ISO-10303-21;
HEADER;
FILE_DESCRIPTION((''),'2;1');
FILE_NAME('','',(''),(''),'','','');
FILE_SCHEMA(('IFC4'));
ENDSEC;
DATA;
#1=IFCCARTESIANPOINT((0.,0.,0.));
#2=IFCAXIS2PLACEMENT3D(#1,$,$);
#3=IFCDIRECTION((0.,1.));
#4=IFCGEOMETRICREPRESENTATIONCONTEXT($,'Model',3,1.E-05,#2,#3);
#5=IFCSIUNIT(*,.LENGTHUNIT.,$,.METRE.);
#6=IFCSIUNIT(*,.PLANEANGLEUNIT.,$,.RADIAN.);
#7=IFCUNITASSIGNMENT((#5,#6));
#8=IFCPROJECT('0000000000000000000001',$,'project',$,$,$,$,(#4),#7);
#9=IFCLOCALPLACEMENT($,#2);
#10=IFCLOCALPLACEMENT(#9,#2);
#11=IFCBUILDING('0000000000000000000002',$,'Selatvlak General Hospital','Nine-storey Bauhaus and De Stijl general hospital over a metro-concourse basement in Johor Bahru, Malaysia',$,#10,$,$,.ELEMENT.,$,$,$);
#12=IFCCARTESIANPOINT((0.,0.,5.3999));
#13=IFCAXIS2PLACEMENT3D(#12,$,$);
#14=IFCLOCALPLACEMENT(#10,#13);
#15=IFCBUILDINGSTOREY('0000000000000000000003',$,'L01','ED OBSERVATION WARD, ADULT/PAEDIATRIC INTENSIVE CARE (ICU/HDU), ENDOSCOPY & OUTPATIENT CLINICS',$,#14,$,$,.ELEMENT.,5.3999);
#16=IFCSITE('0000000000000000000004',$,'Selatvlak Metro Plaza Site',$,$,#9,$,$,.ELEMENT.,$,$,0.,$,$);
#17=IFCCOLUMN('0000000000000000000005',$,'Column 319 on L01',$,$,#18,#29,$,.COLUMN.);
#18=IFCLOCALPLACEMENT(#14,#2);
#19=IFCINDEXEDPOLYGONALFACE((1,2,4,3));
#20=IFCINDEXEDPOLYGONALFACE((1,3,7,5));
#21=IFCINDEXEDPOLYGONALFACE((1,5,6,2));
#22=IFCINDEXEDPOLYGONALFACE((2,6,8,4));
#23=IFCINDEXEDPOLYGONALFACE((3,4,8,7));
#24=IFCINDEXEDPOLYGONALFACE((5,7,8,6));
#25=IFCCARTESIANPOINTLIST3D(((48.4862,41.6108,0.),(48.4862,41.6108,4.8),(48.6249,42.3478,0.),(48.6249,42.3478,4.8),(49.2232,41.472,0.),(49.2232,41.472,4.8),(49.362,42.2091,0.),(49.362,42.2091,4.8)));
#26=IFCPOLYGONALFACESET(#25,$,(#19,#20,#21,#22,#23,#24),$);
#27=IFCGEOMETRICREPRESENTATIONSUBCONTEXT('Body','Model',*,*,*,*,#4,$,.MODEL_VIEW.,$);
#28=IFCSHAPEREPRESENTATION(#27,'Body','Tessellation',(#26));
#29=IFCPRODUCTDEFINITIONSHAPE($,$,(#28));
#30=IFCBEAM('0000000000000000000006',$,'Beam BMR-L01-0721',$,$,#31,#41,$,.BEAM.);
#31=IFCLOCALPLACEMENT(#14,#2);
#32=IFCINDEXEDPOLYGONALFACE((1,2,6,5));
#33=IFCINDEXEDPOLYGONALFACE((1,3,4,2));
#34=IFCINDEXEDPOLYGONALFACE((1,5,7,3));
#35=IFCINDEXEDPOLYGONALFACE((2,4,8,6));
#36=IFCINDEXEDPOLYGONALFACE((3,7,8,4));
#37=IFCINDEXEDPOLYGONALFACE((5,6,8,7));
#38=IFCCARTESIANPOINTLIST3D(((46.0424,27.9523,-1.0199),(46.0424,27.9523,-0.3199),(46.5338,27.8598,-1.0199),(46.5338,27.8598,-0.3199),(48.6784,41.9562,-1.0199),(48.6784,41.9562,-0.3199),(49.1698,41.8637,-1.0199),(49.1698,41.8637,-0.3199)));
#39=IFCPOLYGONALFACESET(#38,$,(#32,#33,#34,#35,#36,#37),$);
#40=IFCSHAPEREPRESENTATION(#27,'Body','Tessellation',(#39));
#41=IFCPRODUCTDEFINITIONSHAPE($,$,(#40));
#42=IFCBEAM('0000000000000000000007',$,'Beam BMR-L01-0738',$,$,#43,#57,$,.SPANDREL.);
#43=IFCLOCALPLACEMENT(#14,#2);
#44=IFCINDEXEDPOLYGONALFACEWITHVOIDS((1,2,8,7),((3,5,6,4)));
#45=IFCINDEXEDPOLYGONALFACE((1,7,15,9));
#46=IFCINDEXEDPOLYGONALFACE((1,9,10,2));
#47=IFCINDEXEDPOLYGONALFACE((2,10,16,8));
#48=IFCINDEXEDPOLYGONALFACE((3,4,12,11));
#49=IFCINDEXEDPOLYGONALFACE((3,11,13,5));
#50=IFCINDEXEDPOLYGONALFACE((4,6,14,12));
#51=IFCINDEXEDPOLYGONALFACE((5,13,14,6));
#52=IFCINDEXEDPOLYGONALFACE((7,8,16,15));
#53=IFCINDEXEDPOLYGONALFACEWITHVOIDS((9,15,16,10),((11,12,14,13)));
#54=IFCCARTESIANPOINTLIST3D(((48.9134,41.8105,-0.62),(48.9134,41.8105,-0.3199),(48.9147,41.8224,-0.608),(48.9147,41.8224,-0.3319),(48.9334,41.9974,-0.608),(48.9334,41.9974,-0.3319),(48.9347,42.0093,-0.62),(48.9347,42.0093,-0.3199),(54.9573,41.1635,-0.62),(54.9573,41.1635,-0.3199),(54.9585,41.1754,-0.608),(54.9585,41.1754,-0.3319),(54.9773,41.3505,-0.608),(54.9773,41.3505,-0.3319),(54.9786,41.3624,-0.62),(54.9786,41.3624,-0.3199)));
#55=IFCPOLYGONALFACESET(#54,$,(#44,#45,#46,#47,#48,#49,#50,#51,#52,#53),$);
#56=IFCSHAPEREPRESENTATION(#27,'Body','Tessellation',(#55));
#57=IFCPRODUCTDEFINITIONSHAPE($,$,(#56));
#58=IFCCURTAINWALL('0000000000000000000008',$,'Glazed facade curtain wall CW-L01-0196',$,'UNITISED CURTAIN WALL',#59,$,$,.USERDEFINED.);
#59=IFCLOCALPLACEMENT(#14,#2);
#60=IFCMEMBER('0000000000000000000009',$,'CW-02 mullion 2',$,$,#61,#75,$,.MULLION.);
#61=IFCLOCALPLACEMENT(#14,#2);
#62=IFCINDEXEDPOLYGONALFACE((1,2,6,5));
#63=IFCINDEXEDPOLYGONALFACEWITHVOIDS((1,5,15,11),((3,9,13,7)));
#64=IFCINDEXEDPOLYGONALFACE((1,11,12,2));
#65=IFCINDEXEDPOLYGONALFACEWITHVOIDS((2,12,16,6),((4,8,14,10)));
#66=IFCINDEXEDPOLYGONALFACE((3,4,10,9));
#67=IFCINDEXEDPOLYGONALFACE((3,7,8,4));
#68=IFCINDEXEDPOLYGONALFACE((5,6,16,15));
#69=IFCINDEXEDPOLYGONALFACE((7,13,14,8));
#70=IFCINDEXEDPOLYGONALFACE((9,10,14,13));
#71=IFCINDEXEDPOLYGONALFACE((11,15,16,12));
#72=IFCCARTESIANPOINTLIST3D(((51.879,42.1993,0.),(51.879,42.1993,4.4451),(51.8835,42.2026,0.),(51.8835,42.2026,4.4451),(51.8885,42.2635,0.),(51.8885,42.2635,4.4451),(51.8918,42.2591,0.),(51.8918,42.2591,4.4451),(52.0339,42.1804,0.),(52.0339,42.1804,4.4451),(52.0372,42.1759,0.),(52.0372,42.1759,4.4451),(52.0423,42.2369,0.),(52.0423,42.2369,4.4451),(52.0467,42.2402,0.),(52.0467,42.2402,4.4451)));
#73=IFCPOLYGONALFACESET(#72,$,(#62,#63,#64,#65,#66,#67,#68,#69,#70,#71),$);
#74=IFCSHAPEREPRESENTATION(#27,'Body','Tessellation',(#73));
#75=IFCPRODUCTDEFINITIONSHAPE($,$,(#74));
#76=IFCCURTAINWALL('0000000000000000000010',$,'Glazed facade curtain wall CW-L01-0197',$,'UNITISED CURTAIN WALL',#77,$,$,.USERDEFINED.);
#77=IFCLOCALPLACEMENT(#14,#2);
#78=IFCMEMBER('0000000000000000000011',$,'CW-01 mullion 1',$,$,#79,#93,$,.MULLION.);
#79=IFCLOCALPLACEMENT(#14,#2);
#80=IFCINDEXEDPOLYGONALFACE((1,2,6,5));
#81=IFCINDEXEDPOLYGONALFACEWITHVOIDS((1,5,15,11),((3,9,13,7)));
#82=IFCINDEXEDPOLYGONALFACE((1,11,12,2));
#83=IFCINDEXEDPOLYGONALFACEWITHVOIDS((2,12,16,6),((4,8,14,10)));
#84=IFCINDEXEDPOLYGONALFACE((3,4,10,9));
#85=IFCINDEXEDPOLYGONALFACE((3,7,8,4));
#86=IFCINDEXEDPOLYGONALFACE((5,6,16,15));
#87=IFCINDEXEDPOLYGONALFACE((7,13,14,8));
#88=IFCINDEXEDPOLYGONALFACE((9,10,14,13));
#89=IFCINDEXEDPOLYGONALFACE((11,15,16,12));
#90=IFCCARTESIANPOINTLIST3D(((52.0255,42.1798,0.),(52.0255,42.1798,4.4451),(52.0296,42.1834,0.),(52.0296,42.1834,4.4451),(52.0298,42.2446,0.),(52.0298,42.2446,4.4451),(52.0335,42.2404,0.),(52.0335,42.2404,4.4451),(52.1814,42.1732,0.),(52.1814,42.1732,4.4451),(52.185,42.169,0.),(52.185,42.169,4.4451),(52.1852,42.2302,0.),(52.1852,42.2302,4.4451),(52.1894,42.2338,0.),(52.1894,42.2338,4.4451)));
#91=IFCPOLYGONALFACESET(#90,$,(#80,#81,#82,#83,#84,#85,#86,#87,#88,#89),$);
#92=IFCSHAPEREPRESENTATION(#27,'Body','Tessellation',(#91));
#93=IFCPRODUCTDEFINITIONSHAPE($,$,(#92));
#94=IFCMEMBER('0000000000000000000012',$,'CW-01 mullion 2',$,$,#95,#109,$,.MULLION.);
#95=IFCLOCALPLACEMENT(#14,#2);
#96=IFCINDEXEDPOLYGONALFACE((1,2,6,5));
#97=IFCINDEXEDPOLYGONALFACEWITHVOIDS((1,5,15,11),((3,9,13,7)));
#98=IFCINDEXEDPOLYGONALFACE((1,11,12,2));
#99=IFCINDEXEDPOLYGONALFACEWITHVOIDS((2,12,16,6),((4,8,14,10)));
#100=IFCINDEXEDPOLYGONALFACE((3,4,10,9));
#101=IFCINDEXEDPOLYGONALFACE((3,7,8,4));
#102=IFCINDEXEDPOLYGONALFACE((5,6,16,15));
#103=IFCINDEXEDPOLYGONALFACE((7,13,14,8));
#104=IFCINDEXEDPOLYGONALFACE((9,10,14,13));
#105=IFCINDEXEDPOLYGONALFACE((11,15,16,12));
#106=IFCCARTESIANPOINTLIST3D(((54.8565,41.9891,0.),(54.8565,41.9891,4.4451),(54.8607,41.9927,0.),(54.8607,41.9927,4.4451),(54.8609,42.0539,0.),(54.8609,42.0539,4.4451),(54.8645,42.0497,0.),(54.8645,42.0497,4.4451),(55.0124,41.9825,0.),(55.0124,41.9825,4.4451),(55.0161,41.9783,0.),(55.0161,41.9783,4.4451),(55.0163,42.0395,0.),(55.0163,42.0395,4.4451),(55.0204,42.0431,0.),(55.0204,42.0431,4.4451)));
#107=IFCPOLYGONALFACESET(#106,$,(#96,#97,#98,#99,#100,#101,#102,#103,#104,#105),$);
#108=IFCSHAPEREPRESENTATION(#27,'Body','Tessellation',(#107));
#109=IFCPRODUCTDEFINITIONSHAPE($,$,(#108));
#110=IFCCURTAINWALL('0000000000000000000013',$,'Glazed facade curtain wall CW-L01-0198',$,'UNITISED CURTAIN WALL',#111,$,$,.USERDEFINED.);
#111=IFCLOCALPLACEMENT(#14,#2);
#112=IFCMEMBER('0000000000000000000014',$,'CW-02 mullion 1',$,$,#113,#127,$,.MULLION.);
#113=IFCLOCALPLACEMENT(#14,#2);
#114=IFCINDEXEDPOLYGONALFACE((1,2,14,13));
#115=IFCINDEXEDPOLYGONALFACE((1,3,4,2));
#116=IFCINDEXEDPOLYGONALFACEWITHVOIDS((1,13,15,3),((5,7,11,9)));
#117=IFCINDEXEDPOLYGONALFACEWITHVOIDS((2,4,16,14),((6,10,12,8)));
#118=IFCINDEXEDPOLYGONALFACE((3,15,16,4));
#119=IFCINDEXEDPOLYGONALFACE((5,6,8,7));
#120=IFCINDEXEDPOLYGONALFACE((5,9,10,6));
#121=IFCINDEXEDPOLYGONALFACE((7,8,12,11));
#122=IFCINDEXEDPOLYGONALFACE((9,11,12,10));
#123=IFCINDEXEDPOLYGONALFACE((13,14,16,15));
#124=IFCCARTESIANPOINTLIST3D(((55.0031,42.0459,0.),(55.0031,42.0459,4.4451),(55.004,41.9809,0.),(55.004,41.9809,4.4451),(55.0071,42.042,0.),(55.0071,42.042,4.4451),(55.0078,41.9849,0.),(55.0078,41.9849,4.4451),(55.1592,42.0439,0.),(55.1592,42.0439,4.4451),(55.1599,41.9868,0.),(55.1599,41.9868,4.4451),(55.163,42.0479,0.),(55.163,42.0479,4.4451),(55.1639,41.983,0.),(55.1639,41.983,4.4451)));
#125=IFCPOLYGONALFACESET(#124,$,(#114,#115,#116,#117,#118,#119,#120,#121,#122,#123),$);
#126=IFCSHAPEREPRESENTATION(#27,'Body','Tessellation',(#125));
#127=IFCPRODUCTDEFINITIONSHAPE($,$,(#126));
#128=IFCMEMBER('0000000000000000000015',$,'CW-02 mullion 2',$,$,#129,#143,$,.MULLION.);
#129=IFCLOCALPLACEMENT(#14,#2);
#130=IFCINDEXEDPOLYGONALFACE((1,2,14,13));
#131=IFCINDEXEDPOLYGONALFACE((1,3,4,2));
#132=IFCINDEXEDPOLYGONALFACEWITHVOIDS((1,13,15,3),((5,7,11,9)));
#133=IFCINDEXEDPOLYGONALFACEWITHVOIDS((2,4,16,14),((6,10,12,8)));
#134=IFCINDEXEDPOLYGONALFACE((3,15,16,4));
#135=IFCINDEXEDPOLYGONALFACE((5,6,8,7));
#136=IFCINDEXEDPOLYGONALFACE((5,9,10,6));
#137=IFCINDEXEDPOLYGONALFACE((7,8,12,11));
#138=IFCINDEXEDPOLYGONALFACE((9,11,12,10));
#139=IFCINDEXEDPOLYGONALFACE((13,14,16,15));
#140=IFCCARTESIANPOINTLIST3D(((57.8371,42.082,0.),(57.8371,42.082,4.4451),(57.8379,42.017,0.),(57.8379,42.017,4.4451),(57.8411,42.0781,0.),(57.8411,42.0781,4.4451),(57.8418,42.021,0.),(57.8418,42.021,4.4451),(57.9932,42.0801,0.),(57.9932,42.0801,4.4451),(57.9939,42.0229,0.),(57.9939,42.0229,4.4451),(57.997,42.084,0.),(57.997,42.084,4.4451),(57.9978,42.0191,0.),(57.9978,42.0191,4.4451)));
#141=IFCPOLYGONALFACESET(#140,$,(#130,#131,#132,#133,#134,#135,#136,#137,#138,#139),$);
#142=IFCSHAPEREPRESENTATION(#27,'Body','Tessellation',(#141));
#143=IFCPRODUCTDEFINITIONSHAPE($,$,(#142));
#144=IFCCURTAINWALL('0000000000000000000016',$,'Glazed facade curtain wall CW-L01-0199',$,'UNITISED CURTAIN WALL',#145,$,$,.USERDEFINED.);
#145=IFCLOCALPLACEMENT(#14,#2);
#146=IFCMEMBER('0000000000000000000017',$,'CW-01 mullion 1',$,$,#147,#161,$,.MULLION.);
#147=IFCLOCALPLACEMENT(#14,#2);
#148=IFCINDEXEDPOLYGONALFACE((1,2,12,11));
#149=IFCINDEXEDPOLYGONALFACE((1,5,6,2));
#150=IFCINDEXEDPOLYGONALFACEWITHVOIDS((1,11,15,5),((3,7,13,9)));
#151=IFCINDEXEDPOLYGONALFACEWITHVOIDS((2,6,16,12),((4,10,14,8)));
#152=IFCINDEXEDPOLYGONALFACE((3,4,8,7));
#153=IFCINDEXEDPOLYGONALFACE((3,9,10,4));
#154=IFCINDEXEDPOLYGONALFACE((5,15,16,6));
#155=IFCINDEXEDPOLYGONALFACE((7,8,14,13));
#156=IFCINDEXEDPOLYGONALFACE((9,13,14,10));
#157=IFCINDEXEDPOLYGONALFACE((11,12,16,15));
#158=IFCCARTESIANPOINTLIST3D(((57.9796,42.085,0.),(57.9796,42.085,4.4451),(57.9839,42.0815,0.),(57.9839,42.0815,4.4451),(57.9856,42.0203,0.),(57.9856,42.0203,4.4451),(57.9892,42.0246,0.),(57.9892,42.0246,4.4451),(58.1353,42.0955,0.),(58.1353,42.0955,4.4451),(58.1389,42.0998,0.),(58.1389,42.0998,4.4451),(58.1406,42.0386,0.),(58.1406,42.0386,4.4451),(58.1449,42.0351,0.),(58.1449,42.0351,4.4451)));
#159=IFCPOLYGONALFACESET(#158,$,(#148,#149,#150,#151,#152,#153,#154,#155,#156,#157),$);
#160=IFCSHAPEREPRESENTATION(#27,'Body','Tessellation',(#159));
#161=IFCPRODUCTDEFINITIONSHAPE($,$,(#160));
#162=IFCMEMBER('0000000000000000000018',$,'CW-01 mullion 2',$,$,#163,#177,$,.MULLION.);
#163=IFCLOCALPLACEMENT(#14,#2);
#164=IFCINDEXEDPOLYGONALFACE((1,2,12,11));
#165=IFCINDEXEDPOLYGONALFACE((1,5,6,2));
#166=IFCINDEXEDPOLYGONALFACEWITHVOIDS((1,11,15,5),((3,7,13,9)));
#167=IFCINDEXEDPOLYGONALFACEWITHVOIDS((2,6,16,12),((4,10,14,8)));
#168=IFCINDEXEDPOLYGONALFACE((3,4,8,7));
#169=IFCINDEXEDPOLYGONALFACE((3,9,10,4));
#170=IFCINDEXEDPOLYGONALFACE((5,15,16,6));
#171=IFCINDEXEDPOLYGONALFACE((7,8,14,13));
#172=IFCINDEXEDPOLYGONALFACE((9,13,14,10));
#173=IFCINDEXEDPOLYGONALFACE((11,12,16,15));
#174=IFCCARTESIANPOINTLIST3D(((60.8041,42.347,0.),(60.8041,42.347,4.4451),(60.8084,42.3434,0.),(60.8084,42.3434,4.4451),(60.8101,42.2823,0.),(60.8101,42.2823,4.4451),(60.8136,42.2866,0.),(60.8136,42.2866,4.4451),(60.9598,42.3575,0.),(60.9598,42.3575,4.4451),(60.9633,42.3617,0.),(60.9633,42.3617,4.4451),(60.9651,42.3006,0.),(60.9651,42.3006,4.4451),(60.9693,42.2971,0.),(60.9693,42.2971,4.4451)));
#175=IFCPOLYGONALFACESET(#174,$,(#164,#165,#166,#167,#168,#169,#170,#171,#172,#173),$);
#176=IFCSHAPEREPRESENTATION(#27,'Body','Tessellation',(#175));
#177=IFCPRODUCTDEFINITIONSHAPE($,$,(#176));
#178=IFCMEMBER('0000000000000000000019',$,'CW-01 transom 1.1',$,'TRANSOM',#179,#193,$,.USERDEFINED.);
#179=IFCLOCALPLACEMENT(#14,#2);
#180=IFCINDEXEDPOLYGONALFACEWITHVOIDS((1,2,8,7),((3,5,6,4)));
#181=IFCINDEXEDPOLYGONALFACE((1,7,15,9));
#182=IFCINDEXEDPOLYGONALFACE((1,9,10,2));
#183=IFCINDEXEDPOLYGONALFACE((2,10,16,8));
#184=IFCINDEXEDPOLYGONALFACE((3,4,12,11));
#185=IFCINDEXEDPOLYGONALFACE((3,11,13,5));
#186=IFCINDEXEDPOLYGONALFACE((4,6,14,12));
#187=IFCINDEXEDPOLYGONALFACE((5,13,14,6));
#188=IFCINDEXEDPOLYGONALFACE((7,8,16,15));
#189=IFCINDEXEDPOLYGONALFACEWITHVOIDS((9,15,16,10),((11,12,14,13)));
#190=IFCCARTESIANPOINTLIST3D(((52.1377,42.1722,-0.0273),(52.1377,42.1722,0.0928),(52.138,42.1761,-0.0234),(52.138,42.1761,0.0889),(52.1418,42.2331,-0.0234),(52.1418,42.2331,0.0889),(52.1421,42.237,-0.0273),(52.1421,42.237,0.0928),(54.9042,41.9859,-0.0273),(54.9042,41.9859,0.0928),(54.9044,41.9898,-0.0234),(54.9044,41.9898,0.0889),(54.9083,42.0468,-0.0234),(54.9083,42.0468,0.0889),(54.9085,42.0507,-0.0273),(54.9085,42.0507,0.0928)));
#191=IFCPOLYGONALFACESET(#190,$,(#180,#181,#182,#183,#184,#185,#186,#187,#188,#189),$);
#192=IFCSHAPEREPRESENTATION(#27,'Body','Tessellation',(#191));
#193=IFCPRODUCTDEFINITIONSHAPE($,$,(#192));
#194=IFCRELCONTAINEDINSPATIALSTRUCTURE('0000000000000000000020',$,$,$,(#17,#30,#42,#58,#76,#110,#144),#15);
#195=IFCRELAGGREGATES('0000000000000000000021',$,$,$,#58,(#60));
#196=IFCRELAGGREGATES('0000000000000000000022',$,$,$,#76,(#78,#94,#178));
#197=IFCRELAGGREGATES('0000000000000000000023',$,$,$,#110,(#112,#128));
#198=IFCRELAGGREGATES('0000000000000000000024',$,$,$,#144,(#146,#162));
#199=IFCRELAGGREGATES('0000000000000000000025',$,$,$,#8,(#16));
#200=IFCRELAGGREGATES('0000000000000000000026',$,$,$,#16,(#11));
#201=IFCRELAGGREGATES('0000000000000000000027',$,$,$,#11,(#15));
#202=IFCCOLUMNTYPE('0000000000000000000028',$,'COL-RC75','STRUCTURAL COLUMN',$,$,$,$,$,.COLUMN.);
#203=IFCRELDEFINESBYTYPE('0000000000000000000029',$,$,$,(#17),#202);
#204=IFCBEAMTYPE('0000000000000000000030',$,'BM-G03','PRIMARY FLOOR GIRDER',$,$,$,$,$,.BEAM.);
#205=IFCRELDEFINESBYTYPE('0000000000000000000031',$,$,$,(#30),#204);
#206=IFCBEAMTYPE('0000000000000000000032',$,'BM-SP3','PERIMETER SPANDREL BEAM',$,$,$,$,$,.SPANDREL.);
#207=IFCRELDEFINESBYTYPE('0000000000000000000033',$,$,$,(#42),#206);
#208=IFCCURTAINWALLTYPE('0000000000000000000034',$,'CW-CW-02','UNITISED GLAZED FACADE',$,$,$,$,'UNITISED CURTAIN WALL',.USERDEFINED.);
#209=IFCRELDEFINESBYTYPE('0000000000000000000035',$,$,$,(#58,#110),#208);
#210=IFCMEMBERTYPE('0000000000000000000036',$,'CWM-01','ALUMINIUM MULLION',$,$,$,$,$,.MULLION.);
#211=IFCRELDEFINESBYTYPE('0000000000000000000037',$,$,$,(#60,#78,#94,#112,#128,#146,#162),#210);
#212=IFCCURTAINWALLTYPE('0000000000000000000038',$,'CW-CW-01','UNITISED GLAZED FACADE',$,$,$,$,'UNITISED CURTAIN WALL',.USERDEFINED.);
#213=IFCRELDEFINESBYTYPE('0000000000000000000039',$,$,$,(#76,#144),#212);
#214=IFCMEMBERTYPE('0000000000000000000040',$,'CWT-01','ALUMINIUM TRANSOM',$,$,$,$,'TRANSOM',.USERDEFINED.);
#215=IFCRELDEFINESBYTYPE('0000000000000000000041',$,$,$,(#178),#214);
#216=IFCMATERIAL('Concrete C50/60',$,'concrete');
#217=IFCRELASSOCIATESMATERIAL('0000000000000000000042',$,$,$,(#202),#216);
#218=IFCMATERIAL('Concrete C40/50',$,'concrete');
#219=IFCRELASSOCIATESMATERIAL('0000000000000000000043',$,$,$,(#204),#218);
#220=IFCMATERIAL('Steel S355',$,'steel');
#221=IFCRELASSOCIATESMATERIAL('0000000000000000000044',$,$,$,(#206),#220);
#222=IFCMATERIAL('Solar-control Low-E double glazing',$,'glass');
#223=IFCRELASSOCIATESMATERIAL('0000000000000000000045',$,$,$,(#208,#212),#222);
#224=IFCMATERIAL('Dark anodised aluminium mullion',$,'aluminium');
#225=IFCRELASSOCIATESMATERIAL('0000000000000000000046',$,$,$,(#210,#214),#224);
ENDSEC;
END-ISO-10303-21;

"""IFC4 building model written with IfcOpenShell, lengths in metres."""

from ifc_helpers import new_model, si_unit, direction, frame, origin, origin_2d, place, context, subcontext, project, spatial, rectangle, hollow_rectangle, extrude, material, material_profile, profile_set, type_object, element, aggregate, save


model = new_model("IFC4")

# Units and contexts
model_context = context("Model", 3, precision=1e-05, world=origin(), true_north=direction((0.0, 1.0)))
body_context = subcontext(model_context, "Body", "Model", "MODEL_VIEW")
ifc_project = project(units=[si_unit("LENGTHUNIT", "METRE"), si_unit("PLANEANGLEUNIT", "RADIAN")], contexts=[model_context])

# Site, building, storey
site_placement = place(None, origin())
site = spatial("IfcSite", under=ifc_project, at=site_placement, Name="Selatvlak Metro Plaza Site", CompositionType="ELEMENT", RefElevation=0.0)
building_placement = place(site_placement, origin())
building = spatial("IfcBuilding", under=site, at=building_placement, Name="Selatvlak General Hospital", Description="Nine-storey Bauhaus and De Stijl general hospital over a metro-concourse basement in Johor Bahru, Malaysia", CompositionType="ELEMENT")
storey_placement = place(building_placement, frame((0.0, 0.0, 5.3999)))
storey = spatial("IfcBuildingStorey", under=building, at=storey_placement, Name="L01", Description="ED OBSERVATION WARD, ADULT/PAEDIATRIC INTENSIVE CARE (ICU/HDU), ENDOSCOPY & OUTPATIENT CLINICS", CompositionType="ELEMENT", Elevation=5.3999)

# Column
ifc_material_1 = material(Name="Concrete C50/60", Category="concrete")
ifc_material_profile_1 = material_profile(ifc_material_1, rectangle(XDim=0.75, YDim=0.75, at=origin_2d()), Name="RC-COL 750x750")
ifc_profile_set_1 = profile_set([ifc_material_profile_1], Name="Concrete C50/60")
column_type = type_object("IfcColumnType", Name="COL-RC75", Description="STRUCTURAL COLUMN", PredefinedType="COLUMN", material=ifc_profile_set_1)
column_placement = place(storey_placement, frame((48.9241, 41.9099, 0.0), z_axis=(0.0, 0.0, 1.0), x_axis=(0.184998, 0.982739, 0.0)))
element("IfcColumn", 1, at=column_placement, inside=storey, type_object=column_type, Name="Column 319 on L01", PredefinedType="COLUMN", context=body_context, shape_type="SweptSolid", body=[
    extrude(rectangle(XDim=0.75, YDim=0.75, at=origin_2d()), origin(), (0.0, 0.0, 1.0), 4.8),
])

# Beams
ifc_material_2 = material(Name="Concrete C40/50", Category="concrete")
ifc_material_profile_2 = material_profile(ifc_material_2, rectangle(XDim=0.5, YDim=0.7, at=origin_2d()), Name="RC-BM 500x700")
ifc_profile_set_2 = profile_set([ifc_material_profile_2], Name="Concrete C40/50")
beam_type_1 = type_object("IfcBeamType", Name="BM-G03", Description="PRIMARY FLOOR GIRDER", PredefinedType="BEAM", material=ifc_profile_set_2)
beam_1_placement = place(storey_placement, frame((48.9241, 41.9099, -0.6699), z_axis=(-0.184984, -0.982742, 0.0), x_axis=(0.982742, -0.184984, 0.0)))
element("IfcBeam", 2, at=beam_1_placement, inside=storey, type_object=beam_type_1, Name="Beam BMR-L01-0721", PredefinedType="BEAM", context=body_context, shape_type="SweptSolid", body=[
    extrude(rectangle(XDim=0.5, YDim=0.7, at=origin_2d()), origin(), (0.0, 0.0, 1.0), 14.2498),
])
ifc_material_3 = material(Name="Steel S355", Category="steel")
ifc_material_profile_3 = material_profile(ifc_material_3, hollow_rectangle(XDim=0.2, YDim=0.3, WallThickness=0.012, at=origin_2d()), Name="RHS 300x200x12")
ifc_profile_set_3 = profile_set([ifc_material_profile_3], Name="Steel S355")
beam_type_2 = type_object("IfcBeamType", Name="BM-SP3", Description="PERIMETER SPANDREL BEAM", PredefinedType="SPANDREL", material=ifc_profile_set_3)
beam_2_placement = place(storey_placement, frame((48.9241, 41.9099, -0.47), z_axis=(0.994319, -0.106437, 0.0), x_axis=(0.106437, 0.994319, 0.0)))
element("IfcBeam", 3, at=beam_2_placement, inside=storey, type_object=beam_type_2, Name="Beam BMR-L01-0738", PredefinedType="SPANDREL", context=body_context, shape_type="SweptSolid", body=[
    extrude(hollow_rectangle(XDim=0.2, YDim=0.3, WallThickness=0.012, at=origin_2d()), origin(), (0.0, 0.0, 1.0), 6.0784),
])

# Curtain wall, member
ifc_material_4 = material(Name="Solar-control Low-E double glazing", Category="glass")
curtain_wall_type_1 = type_object("IfcCurtainWallType", Name="CW-CW-02", Description="UNITISED GLAZED FACADE", ElementType="UNITISED CURTAIN WALL", PredefinedType="USERDEFINED", material=ifc_material_4)
curtain_wall_1_placement = place(storey_placement, origin())
curtain_wall_1 = element("IfcCurtainWall", 4, at=curtain_wall_1_placement, inside=storey, type_object=curtain_wall_type_1, Name="Glazed facade curtain wall CW-L01-0196", ObjectType="UNITISED CURTAIN WALL", PredefinedType="USERDEFINED")
ifc_material_5 = material(Name="Dark anodised aluminium mullion", Category="aluminium")
ifc_material_profile_4 = material_profile(ifc_material_5, hollow_rectangle(XDim=0.0649, YDim=0.1599, WallThickness=0.0039, at=origin_2d()), Name="AL-MUL 65x160x4")
ifc_profile_set_4 = profile_set([ifc_material_profile_4], Name="Dark anodised aluminium mullion")
member_type_1 = type_object("IfcMemberType", Name="CWM-01", Description="ALUMINIUM MULLION", PredefinedType="MULLION", material=ifc_profile_set_4)
member_1_placement = place(storey_placement, frame((51.9629, 42.2197, 0.0), z_axis=(0.0, 0.0, 1.0), x_axis=(0.146149, 0.989263, 0.0)))
member_1 = element("IfcMember", 5, at=member_1_placement, type_object=member_type_1, Name="CW-02 mullion 2", PredefinedType="MULLION", context=body_context, shape_type="SweptSolid", body=[
    extrude(hollow_rectangle(XDim=0.0649, YDim=0.1599, WallThickness=0.0039, at=origin_2d()), origin(), (0.0, 0.0, 1.0), 4.4451),
])
aggregate(curtain_wall_1, [member_1])

# Curtain walls, members
curtain_wall_type_2 = type_object("IfcCurtainWallType", Name="CW-CW-01", Description="UNITISED GLAZED FACADE", ElementType="UNITISED CURTAIN WALL", PredefinedType="USERDEFINED", material=ifc_material_4)
curtain_wall_2_placement = place(storey_placement, origin())
curtain_wall_2 = element("IfcCurtainWall", 6, at=curtain_wall_2_placement, inside=storey, type_object=curtain_wall_type_2, Name="Glazed facade curtain wall CW-L01-0197", ObjectType="UNITISED CURTAIN WALL", PredefinedType="USERDEFINED")
member_2_placement = place(storey_placement, frame((52.1074, 42.2068, 0.0), z_axis=(0.0, 0.0, 1.0), x_axis=(0.067182, 0.997741, 0.0)))
member_2 = element("IfcMember", 7, at=member_2_placement, type_object=member_type_1, Name="CW-01 mullion 1", PredefinedType="MULLION", context=body_context, shape_type="SweptSolid", body=[
    extrude(hollow_rectangle(XDim=0.0649, YDim=0.1599, WallThickness=0.0039, at=origin_2d()), origin(), (0.0, 0.0, 1.0), 4.4451),
])
member_3_placement = place(storey_placement, frame((54.9385, 42.0161, 0.0), z_axis=(0.0, 0.0, 1.0), x_axis=(0.067182, 0.997741, 0.0)))
member_3 = element("IfcMember", 8, at=member_3_placement, type_object=member_type_1, Name="CW-01 mullion 2", PredefinedType="MULLION", context=body_context, shape_type="SweptSolid", body=[
    extrude(hollow_rectangle(XDim=0.0649, YDim=0.1599, WallThickness=0.0039, at=origin_2d()), origin(), (0.0, 0.0, 1.0), 4.4451),
])
curtain_wall_3_placement = place(storey_placement, origin())
curtain_wall_3 = element("IfcCurtainWall", 9, at=curtain_wall_3_placement, inside=storey, type_object=curtain_wall_type_1, Name="Glazed facade curtain wall CW-L01-0198", ObjectType="UNITISED CURTAIN WALL", PredefinedType="USERDEFINED")
member_4_placement = place(storey_placement, frame((55.0835, 42.0144, 0.0), z_axis=(0.0, 0.0, 1.0), x_axis=(-0.012762, 0.999919, 0.0)))
member_4 = element("IfcMember", 10, at=member_4_placement, type_object=member_type_1, Name="CW-02 mullion 1", PredefinedType="MULLION", context=body_context, shape_type="SweptSolid", body=[
    extrude(hollow_rectangle(XDim=0.0649, YDim=0.1599, WallThickness=0.0039, at=origin_2d()), origin(), (0.0, 0.0, 1.0), 4.4451),
])
member_5_placement = place(storey_placement, frame((57.9175, 42.0505, 0.0), z_axis=(0.0, 0.0, 1.0), x_axis=(-0.012762, 0.999919, 0.0)))
member_5 = element("IfcMember", 11, at=member_5_placement, type_object=member_type_1, Name="CW-02 mullion 2", PredefinedType="MULLION", context=body_context, shape_type="SweptSolid", body=[
    extrude(hollow_rectangle(XDim=0.0649, YDim=0.1599, WallThickness=0.0039, at=origin_2d()), origin(), (0.0, 0.0, 1.0), 4.4451),
])
curtain_wall_4_placement = place(storey_placement, origin())
curtain_wall_4 = element("IfcCurtainWall", 12, at=curtain_wall_4_placement, inside=storey, type_object=curtain_wall_type_2, Name="Glazed facade curtain wall CW-L01-0199", ObjectType="UNITISED CURTAIN WALL", PredefinedType="USERDEFINED")
member_6_placement = place(storey_placement, frame((58.0623, 42.0601, 0.0), z_axis=(0.0, 0.0, 1.0), x_axis=(-0.092369, 0.995725, 0.0)))
member_6 = element("IfcMember", 13, at=member_6_placement, type_object=member_type_1, Name="CW-01 mullion 1", PredefinedType="MULLION", context=body_context, shape_type="SweptSolid", body=[
    extrude(hollow_rectangle(XDim=0.0649, YDim=0.1599, WallThickness=0.0039, at=origin_2d()), origin(), (0.0, 0.0, 1.0), 4.4451),
])
member_7_placement = place(storey_placement, frame((60.8867, 42.322, 0.0), z_axis=(0.0, 0.0, 1.0), x_axis=(-0.092369, 0.995725, 0.0)))
member_7 = element("IfcMember", 14, at=member_7_placement, type_object=member_type_1, Name="CW-01 mullion 2", PredefinedType="MULLION", context=body_context, shape_type="SweptSolid", body=[
    extrude(hollow_rectangle(XDim=0.0649, YDim=0.1599, WallThickness=0.0039, at=origin_2d()), origin(), (0.0, 0.0, 1.0), 4.4451),
])

# Member
ifc_material_profile_5 = material_profile(ifc_material_5, hollow_rectangle(XDim=0.0649, YDim=0.1201, WallThickness=0.0039, at=origin_2d()), Name="AL-TRN 65x120x4")
ifc_profile_set_5 = profile_set([ifc_material_profile_5], Name="Dark anodised aluminium mullion")
member_type_2 = type_object("IfcMemberType", Name="CWT-01", Description="ALUMINIUM TRANSOM", ElementType="TRANSOM", PredefinedType="USERDEFINED", material=ifc_profile_set_5)
member_8_placement = place(storey_placement, frame((52.1399, 42.2046, 0.0327), z_axis=(0.997741, -0.067185, 0.0), x_axis=(0.067185, 0.997741, 0.0)))
member_8 = element("IfcMember", 15, at=member_8_placement, type_object=member_type_2, Name="CW-01 transom 1.1", ObjectType="TRANSOM", PredefinedType="USERDEFINED", context=body_context, shape_type="SweptSolid", body=[
    extrude(hollow_rectangle(XDim=0.0649, YDim=0.1201, WallThickness=0.0039, at=origin_2d()), origin(), (0.0, 0.0, 1.0), 2.7727),
])

aggregate(curtain_wall_2, [member_2, member_3, member_8])
aggregate(curtain_wall_3, [member_4, member_5])
aggregate(curtain_wall_4, [member_6, member_7])

save(model, "model.ifc")
